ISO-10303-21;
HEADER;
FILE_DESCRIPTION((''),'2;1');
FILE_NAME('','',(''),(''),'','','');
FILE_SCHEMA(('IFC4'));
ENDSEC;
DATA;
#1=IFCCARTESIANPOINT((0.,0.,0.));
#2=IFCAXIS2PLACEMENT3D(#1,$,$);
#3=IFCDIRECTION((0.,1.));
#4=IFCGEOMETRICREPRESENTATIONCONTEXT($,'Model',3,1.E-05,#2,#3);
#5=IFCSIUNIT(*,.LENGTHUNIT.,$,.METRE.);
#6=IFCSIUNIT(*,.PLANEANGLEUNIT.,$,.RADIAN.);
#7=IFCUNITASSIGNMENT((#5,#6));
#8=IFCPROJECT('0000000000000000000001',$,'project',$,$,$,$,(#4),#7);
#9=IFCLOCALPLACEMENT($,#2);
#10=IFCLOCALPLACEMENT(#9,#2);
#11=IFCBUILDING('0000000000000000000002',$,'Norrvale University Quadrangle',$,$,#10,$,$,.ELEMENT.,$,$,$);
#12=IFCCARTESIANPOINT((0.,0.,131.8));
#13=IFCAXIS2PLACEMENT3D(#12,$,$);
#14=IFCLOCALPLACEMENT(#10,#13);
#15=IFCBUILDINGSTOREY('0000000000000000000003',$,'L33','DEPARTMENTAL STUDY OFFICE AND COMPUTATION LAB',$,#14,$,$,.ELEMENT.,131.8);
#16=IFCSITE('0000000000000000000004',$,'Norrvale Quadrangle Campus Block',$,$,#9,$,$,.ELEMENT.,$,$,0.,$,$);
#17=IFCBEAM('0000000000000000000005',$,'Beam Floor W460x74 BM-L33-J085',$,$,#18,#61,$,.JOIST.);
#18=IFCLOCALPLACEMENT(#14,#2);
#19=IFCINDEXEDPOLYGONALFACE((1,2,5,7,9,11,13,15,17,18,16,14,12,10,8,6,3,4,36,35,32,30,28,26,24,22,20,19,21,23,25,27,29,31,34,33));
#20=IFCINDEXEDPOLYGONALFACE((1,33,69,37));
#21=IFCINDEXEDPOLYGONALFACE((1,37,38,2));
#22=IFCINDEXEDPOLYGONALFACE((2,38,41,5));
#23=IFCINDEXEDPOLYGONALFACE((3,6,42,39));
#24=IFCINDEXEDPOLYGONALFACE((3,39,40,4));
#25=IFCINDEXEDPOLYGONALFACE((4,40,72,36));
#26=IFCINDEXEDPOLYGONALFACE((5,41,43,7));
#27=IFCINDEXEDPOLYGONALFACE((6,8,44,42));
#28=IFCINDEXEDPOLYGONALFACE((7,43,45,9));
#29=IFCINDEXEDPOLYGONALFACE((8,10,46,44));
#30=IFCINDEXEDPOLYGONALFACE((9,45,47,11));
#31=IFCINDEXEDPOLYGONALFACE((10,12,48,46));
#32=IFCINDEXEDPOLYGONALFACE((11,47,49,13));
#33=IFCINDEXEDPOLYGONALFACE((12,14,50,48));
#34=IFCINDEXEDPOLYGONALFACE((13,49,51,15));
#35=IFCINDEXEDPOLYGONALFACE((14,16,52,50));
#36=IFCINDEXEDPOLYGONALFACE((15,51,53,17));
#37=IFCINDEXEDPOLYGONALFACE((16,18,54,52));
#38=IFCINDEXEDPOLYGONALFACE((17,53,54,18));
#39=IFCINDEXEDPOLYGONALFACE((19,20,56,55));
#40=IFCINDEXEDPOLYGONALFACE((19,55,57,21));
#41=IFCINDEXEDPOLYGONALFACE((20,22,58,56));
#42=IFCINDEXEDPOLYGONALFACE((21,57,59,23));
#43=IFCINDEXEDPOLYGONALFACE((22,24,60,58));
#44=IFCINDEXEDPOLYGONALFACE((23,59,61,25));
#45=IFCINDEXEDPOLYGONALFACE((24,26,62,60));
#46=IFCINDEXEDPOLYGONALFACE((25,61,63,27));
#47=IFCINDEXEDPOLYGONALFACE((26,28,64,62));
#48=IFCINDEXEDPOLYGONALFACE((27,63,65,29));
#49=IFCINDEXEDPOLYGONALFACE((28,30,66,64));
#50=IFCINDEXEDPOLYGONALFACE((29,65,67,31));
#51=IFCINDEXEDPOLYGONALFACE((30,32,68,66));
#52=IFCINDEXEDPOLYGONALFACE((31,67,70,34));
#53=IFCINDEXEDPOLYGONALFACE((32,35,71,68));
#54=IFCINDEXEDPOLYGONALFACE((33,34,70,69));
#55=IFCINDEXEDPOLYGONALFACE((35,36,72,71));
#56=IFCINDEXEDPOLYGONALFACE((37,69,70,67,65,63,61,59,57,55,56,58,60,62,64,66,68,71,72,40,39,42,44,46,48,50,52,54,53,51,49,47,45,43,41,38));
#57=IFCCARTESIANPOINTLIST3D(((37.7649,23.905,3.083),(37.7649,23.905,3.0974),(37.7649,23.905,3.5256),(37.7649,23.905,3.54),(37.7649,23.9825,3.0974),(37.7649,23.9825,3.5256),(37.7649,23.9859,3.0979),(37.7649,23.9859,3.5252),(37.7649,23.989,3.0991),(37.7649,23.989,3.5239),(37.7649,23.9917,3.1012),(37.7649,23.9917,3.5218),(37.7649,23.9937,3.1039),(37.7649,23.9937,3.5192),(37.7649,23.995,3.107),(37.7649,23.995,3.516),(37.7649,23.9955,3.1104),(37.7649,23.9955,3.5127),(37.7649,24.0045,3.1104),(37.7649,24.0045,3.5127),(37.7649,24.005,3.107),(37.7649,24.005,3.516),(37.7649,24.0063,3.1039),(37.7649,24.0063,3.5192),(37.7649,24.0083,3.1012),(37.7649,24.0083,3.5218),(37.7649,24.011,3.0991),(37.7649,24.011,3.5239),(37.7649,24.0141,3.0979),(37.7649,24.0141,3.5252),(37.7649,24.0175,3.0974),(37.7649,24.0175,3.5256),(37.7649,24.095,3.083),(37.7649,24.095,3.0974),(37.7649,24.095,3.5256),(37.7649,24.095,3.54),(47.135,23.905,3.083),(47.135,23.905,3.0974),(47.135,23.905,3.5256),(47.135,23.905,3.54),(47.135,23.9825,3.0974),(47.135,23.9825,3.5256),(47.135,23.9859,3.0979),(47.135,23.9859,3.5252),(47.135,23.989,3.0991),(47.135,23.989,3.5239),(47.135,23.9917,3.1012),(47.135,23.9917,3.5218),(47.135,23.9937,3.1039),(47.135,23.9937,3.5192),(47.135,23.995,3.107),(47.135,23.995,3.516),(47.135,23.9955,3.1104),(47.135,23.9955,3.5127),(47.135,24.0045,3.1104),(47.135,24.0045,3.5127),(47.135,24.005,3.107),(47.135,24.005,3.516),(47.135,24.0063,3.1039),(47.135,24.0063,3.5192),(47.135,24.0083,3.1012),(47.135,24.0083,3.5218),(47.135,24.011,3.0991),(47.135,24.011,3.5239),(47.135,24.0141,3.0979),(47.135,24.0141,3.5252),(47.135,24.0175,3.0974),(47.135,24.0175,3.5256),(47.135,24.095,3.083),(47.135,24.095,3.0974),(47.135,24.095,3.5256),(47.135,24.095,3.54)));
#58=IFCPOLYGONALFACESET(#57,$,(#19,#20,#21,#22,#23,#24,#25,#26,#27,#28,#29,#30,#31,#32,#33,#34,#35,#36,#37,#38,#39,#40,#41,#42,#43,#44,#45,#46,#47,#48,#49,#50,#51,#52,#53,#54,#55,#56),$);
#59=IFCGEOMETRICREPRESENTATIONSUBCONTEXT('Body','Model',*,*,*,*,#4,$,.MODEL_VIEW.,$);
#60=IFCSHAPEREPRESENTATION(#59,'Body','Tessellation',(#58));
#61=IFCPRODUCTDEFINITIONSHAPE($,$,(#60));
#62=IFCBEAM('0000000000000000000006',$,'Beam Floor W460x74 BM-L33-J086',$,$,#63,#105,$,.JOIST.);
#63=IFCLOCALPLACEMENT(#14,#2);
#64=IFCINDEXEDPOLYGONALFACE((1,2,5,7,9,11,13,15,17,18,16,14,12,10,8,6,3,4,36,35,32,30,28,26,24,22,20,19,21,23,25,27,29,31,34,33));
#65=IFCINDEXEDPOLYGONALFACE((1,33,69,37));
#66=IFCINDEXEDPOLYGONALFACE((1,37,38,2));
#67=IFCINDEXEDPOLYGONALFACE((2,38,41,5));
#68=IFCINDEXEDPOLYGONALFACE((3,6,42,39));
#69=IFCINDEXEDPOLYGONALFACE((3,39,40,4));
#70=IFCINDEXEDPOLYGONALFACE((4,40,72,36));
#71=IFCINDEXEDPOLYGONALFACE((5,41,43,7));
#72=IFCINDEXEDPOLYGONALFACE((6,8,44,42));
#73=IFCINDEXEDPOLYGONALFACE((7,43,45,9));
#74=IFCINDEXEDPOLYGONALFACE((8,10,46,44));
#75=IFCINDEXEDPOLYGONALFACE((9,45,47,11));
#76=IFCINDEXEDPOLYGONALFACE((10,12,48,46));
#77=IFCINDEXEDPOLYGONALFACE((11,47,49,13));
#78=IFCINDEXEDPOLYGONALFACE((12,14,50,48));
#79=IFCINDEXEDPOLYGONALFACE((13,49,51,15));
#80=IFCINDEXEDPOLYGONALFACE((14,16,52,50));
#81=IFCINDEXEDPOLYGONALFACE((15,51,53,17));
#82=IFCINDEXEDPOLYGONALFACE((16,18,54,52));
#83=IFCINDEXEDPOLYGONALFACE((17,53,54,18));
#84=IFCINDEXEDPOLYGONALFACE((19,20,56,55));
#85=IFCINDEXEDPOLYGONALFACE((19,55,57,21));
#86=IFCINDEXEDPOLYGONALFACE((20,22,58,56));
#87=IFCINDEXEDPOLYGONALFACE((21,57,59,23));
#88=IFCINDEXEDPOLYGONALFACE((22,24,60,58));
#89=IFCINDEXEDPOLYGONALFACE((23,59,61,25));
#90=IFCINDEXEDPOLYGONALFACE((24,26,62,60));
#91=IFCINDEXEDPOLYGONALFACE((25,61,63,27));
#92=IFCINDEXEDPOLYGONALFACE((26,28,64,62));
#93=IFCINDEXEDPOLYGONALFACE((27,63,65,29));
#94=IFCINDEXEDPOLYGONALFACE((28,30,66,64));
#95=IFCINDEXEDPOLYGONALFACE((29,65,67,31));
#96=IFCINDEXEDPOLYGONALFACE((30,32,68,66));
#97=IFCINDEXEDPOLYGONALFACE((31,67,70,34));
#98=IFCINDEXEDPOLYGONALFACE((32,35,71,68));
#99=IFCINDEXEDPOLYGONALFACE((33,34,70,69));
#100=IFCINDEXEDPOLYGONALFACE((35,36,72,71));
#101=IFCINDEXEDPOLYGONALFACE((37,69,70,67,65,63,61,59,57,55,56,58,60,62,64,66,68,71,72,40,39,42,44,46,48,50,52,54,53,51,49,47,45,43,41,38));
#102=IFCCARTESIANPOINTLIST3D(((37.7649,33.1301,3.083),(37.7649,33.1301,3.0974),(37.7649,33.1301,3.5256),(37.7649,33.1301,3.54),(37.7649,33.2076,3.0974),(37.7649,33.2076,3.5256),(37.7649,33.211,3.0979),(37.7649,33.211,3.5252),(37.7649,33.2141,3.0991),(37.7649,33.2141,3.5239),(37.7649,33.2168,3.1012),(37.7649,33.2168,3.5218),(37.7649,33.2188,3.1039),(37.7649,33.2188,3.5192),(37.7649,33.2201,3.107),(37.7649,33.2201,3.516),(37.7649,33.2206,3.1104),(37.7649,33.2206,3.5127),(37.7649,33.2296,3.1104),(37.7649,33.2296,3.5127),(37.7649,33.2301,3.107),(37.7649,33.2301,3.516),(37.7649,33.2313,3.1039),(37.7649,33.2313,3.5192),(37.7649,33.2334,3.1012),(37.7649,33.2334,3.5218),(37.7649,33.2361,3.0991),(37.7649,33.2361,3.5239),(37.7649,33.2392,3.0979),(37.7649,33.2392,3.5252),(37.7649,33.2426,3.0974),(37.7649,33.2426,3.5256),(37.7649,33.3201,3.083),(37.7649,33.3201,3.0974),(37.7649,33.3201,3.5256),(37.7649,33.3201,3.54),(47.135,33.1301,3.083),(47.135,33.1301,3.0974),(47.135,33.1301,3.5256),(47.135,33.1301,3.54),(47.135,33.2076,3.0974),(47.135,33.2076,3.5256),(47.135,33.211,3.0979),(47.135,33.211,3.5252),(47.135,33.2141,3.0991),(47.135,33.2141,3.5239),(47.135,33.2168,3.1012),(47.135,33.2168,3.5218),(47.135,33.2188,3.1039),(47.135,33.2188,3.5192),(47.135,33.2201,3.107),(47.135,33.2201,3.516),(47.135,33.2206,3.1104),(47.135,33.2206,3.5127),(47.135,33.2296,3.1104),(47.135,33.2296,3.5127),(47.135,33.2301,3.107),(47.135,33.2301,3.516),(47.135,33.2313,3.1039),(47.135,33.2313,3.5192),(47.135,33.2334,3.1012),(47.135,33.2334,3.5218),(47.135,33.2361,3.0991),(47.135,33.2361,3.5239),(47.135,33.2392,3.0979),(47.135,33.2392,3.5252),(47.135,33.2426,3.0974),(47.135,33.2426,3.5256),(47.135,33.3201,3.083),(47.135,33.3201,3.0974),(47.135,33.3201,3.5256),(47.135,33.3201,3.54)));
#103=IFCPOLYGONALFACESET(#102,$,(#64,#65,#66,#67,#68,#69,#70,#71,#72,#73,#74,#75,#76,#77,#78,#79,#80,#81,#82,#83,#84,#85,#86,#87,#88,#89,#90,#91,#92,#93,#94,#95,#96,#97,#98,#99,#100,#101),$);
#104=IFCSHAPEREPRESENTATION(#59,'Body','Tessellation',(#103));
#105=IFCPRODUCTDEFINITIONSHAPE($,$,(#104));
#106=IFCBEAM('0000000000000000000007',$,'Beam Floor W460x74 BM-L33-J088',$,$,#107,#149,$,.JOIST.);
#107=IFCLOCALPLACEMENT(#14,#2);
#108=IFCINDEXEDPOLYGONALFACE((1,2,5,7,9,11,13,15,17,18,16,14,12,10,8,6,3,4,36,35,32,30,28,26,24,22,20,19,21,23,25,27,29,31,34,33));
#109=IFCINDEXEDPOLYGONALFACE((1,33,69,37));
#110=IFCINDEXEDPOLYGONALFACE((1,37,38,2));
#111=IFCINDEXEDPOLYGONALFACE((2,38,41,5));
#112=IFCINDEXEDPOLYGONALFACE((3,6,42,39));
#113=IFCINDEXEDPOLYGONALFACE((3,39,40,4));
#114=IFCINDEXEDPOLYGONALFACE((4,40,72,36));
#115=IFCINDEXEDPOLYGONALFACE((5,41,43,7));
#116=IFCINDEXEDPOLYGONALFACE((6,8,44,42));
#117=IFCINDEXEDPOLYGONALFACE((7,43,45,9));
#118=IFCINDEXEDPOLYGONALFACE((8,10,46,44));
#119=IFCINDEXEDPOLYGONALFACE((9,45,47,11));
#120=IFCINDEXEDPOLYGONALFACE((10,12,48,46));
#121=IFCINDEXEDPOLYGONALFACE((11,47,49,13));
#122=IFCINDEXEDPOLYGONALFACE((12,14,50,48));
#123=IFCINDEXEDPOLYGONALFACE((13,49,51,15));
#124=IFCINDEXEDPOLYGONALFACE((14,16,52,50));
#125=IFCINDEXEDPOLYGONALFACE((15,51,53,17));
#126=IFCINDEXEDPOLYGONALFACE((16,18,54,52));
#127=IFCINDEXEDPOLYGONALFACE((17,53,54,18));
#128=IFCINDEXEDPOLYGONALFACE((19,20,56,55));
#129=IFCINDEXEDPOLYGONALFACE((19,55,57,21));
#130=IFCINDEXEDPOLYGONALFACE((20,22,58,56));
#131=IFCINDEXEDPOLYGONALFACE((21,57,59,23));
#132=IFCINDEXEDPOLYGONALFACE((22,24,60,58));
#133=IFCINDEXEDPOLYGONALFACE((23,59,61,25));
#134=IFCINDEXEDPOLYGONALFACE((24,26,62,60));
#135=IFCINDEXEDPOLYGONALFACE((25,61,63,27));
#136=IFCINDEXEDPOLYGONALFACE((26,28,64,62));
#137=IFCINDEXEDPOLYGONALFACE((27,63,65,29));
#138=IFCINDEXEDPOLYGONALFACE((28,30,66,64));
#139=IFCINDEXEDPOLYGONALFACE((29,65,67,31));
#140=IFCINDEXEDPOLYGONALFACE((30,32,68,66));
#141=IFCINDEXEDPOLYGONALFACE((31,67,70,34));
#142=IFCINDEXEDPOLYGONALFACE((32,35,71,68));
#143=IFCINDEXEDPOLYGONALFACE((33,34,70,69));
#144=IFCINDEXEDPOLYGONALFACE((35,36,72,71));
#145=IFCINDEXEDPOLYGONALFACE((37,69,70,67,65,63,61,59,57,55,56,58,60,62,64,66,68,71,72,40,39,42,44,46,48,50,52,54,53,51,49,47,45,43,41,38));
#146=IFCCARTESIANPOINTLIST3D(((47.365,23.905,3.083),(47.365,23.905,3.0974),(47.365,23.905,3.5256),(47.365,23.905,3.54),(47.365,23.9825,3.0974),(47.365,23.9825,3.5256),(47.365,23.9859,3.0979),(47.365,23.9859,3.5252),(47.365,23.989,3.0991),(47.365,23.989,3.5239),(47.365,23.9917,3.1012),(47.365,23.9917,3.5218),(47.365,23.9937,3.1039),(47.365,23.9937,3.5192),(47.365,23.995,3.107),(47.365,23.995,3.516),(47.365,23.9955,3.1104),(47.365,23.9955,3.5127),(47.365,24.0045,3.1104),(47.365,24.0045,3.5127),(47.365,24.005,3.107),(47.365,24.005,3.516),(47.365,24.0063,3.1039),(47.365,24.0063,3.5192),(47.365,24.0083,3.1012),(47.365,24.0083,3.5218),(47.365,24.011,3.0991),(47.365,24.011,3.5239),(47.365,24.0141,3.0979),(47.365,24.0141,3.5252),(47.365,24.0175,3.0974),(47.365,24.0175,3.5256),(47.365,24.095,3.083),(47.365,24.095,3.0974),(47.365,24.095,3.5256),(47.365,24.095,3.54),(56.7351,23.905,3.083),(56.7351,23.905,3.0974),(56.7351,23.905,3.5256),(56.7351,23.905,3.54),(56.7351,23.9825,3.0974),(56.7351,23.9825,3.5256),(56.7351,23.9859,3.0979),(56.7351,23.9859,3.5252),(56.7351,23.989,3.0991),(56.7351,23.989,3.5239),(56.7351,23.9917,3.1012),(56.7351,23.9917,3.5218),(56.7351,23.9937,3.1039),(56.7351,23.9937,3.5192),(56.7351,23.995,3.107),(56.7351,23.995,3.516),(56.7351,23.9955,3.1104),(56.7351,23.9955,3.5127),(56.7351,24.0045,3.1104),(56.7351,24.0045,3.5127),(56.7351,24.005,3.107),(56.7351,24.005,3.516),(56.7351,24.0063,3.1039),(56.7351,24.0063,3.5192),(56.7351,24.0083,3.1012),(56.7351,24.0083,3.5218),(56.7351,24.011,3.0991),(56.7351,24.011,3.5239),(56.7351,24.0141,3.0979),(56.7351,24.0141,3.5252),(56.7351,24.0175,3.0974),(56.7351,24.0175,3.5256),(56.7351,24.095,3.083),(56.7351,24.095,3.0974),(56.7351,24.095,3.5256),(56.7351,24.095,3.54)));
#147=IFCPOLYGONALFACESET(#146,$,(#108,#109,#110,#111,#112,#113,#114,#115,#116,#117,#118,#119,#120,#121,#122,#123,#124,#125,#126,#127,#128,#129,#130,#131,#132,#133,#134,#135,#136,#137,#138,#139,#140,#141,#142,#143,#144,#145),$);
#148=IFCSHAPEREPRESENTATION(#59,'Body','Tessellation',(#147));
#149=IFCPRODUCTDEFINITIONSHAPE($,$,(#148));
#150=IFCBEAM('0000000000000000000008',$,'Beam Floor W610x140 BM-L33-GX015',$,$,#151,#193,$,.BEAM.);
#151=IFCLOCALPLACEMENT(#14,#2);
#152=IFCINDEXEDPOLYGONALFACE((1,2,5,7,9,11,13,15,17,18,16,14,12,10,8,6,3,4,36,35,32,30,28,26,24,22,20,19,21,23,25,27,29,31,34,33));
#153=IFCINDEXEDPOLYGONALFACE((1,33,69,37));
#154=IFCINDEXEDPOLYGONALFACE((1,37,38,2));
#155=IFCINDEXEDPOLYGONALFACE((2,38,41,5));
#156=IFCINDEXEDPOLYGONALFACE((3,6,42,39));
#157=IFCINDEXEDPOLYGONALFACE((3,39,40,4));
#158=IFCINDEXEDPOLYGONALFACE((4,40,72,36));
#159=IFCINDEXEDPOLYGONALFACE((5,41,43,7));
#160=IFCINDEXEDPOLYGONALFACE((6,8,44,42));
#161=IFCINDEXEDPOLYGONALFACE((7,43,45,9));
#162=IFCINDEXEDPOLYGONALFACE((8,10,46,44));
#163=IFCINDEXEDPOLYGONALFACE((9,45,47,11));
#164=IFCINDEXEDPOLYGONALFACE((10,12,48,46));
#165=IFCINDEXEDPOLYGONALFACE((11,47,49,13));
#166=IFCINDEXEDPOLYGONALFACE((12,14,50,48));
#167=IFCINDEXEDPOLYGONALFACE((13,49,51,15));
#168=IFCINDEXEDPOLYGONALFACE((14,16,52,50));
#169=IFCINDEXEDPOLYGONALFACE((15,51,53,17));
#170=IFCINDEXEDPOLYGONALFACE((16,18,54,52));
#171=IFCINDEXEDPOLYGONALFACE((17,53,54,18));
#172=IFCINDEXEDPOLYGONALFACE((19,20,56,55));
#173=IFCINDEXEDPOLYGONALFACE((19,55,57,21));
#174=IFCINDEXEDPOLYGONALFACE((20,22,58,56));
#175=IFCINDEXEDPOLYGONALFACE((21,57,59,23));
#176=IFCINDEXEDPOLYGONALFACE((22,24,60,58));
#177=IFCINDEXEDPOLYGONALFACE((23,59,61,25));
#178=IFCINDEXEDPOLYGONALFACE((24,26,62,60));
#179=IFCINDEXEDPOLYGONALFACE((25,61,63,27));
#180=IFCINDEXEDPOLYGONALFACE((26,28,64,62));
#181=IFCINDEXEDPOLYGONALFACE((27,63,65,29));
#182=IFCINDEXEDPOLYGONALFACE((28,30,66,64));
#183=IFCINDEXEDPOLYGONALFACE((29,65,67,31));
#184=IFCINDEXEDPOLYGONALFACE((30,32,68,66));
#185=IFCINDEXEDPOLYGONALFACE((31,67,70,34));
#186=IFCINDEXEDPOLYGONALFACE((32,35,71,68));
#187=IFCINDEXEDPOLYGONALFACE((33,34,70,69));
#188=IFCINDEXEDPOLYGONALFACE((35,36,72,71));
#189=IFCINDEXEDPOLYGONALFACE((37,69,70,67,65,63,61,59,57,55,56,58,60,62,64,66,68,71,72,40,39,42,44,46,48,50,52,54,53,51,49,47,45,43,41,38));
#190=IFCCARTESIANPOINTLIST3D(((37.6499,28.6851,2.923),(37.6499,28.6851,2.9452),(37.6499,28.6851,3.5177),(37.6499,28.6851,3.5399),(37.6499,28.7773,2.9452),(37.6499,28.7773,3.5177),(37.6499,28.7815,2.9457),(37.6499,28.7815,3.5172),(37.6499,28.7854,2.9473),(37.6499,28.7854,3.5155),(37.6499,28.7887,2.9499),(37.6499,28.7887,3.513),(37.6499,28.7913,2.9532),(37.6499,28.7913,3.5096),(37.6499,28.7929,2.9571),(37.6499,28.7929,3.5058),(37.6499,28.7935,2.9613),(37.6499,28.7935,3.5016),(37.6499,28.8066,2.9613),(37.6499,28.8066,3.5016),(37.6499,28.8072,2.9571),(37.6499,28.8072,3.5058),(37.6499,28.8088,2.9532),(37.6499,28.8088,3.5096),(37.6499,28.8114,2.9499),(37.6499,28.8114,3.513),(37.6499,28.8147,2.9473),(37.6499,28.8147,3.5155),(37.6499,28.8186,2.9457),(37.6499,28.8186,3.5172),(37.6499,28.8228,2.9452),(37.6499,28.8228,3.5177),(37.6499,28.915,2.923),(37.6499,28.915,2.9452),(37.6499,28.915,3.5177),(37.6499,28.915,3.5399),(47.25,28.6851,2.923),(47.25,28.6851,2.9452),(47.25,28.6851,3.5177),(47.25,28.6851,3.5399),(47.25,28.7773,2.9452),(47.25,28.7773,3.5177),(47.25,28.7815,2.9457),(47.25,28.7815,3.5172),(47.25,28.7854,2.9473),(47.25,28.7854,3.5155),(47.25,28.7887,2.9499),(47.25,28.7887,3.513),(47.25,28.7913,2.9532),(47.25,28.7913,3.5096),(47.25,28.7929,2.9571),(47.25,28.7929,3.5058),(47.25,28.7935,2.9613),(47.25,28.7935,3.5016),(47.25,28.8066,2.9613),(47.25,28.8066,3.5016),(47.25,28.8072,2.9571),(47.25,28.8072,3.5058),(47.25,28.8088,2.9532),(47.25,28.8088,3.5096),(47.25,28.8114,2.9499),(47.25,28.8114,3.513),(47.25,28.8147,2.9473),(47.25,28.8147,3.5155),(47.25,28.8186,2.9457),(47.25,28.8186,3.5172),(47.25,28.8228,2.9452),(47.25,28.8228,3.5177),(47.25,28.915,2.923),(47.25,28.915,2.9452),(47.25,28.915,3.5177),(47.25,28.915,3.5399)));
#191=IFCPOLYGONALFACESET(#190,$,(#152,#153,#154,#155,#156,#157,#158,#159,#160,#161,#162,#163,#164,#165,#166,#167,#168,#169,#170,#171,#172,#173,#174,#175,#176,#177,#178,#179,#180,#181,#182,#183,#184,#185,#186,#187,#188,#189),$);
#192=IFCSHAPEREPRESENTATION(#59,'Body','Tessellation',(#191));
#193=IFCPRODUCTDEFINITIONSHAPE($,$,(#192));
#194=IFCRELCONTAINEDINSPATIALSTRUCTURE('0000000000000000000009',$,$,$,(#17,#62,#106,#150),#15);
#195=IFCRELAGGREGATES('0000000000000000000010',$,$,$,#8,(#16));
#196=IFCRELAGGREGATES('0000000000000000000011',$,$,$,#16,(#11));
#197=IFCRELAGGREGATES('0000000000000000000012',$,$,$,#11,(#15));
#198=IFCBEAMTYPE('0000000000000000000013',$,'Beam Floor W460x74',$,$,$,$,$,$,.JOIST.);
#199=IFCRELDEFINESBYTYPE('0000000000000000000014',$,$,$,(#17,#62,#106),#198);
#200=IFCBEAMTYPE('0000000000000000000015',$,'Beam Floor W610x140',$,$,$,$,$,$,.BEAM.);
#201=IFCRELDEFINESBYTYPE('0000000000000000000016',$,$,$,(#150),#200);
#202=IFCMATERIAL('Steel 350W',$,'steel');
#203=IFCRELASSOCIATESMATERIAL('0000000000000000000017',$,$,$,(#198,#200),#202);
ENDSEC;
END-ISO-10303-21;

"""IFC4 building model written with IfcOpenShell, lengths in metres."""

from ifc_helpers import new_model, si_unit, direction, frame, origin, origin_2d, place, context, subcontext, project, spatial, i_section, extrude, material, material_profile, profile_set, type_object, element, save


model = new_model("IFC4")

# Units and contexts
model_context = context("Model", 3, precision=1e-05, world=origin(), true_north=direction((0.0, 1.0)))
body_context = subcontext(model_context, "Body", "Model", "MODEL_VIEW")
ifc_project = project(units=[si_unit("LENGTHUNIT", "METRE"), si_unit("PLANEANGLEUNIT", "RADIAN")], contexts=[model_context])

# Site, building, storey
site_placement = place(None, origin())
site = spatial("IfcSite", under=ifc_project, at=site_placement, Name="Norrvale Quadrangle Campus Block", CompositionType="ELEMENT", RefElevation=0.0)
building_placement = place(site_placement, origin())
building = spatial("IfcBuilding", under=site, at=building_placement, Name="Norrvale University Quadrangle", CompositionType="ELEMENT")
storey_placement = place(building_placement, frame((0.0, 0.0, 131.8)))
storey = spatial("IfcBuildingStorey", under=building, at=storey_placement, Name="L33", Description="DEPARTMENTAL STUDY OFFICE AND COMPUTATION LAB", CompositionType="ELEMENT", Elevation=131.8)

# Beams
ifc_material_1 = material(Name="Steel 350W", Category="steel")
ifc_material_profile_1 = material_profile(ifc_material_1, i_section(OverallWidth=0.1899, OverallDepth=0.457, WebThickness=0.009, FlangeThickness=0.0144, FilletRadius=0.0129, at=origin_2d()), Name="Steel 350W")
ifc_profile_set_1 = profile_set([ifc_material_profile_1], Name="Steel 350W")
beam_type_1 = type_object("IfcBeamType", Name="Beam Floor W460x74", PredefinedType="JOIST", material=ifc_profile_set_1)
for number, where, z_axis, x_axis, name in (
    (1, (37.7649, 24.0, 3.3115), (1.0, 0.0, 0.0), (0.0, 1.0, 0.0), "Beam Floor W460x74 BM-L33-J085"),
    (2, (37.7649, 33.2251, 3.3115), (1.0, 0.0, 0.0), (0.0, 1.0, 0.0), "Beam Floor W460x74 BM-L33-J086"),
    (3, (47.365, 24.0, 3.3115), (1.0, 0.0, 0.0), (0.0, 1.0, 0.0), "Beam Floor W460x74 BM-L33-J088"),
):
    element("IfcBeam", number, at=place(storey_placement, frame(where, z_axis=z_axis, x_axis=x_axis)), inside=storey, type_object=beam_type_1, Name=name, PredefinedType="JOIST", context=body_context, shape_type="SweptSolid", body=[
        extrude(i_section(OverallWidth=0.1899, OverallDepth=0.457, WebThickness=0.009, FlangeThickness=0.0144, FilletRadius=0.0129, at=origin_2d()), origin(), (0.0, 0.0, 1.0), 9.3701),
    ])
ifc_material_profile_2 = material_profile(ifc_material_1, i_section(OverallWidth=0.23, OverallDepth=0.6169, WebThickness=0.0132, FlangeThickness=0.0222, FilletRadius=0.0161, at=origin_2d()), Name="Steel 350W")
ifc_profile_set_2 = profile_set([ifc_material_profile_2], Name="Steel 350W")
beam_type_2 = type_object("IfcBeamType", Name="Beam Floor W610x140", PredefinedType="BEAM", material=ifc_profile_set_2)
for number, where, z_axis, x_axis, name in (
    (4, (37.6499, 28.8, 3.2314), (1.0, 0.0, 0.0), (0.0, 1.0, 0.0), "Beam Floor W610x140 BM-L33-GX015"),
):
    element("IfcBeam", number, at=place(storey_placement, frame(where, z_axis=z_axis, x_axis=x_axis)), inside=storey, type_object=beam_type_2, Name=name, PredefinedType="BEAM", context=body_context, shape_type="SweptSolid", body=[
        extrude(i_section(OverallWidth=0.23, OverallDepth=0.6169, WebThickness=0.0132, FlangeThickness=0.0222, FilletRadius=0.0161, at=origin_2d()), origin(), (0.0, 0.0, 1.0), 9.6001),
    ])

save(model, "model.ifc")
